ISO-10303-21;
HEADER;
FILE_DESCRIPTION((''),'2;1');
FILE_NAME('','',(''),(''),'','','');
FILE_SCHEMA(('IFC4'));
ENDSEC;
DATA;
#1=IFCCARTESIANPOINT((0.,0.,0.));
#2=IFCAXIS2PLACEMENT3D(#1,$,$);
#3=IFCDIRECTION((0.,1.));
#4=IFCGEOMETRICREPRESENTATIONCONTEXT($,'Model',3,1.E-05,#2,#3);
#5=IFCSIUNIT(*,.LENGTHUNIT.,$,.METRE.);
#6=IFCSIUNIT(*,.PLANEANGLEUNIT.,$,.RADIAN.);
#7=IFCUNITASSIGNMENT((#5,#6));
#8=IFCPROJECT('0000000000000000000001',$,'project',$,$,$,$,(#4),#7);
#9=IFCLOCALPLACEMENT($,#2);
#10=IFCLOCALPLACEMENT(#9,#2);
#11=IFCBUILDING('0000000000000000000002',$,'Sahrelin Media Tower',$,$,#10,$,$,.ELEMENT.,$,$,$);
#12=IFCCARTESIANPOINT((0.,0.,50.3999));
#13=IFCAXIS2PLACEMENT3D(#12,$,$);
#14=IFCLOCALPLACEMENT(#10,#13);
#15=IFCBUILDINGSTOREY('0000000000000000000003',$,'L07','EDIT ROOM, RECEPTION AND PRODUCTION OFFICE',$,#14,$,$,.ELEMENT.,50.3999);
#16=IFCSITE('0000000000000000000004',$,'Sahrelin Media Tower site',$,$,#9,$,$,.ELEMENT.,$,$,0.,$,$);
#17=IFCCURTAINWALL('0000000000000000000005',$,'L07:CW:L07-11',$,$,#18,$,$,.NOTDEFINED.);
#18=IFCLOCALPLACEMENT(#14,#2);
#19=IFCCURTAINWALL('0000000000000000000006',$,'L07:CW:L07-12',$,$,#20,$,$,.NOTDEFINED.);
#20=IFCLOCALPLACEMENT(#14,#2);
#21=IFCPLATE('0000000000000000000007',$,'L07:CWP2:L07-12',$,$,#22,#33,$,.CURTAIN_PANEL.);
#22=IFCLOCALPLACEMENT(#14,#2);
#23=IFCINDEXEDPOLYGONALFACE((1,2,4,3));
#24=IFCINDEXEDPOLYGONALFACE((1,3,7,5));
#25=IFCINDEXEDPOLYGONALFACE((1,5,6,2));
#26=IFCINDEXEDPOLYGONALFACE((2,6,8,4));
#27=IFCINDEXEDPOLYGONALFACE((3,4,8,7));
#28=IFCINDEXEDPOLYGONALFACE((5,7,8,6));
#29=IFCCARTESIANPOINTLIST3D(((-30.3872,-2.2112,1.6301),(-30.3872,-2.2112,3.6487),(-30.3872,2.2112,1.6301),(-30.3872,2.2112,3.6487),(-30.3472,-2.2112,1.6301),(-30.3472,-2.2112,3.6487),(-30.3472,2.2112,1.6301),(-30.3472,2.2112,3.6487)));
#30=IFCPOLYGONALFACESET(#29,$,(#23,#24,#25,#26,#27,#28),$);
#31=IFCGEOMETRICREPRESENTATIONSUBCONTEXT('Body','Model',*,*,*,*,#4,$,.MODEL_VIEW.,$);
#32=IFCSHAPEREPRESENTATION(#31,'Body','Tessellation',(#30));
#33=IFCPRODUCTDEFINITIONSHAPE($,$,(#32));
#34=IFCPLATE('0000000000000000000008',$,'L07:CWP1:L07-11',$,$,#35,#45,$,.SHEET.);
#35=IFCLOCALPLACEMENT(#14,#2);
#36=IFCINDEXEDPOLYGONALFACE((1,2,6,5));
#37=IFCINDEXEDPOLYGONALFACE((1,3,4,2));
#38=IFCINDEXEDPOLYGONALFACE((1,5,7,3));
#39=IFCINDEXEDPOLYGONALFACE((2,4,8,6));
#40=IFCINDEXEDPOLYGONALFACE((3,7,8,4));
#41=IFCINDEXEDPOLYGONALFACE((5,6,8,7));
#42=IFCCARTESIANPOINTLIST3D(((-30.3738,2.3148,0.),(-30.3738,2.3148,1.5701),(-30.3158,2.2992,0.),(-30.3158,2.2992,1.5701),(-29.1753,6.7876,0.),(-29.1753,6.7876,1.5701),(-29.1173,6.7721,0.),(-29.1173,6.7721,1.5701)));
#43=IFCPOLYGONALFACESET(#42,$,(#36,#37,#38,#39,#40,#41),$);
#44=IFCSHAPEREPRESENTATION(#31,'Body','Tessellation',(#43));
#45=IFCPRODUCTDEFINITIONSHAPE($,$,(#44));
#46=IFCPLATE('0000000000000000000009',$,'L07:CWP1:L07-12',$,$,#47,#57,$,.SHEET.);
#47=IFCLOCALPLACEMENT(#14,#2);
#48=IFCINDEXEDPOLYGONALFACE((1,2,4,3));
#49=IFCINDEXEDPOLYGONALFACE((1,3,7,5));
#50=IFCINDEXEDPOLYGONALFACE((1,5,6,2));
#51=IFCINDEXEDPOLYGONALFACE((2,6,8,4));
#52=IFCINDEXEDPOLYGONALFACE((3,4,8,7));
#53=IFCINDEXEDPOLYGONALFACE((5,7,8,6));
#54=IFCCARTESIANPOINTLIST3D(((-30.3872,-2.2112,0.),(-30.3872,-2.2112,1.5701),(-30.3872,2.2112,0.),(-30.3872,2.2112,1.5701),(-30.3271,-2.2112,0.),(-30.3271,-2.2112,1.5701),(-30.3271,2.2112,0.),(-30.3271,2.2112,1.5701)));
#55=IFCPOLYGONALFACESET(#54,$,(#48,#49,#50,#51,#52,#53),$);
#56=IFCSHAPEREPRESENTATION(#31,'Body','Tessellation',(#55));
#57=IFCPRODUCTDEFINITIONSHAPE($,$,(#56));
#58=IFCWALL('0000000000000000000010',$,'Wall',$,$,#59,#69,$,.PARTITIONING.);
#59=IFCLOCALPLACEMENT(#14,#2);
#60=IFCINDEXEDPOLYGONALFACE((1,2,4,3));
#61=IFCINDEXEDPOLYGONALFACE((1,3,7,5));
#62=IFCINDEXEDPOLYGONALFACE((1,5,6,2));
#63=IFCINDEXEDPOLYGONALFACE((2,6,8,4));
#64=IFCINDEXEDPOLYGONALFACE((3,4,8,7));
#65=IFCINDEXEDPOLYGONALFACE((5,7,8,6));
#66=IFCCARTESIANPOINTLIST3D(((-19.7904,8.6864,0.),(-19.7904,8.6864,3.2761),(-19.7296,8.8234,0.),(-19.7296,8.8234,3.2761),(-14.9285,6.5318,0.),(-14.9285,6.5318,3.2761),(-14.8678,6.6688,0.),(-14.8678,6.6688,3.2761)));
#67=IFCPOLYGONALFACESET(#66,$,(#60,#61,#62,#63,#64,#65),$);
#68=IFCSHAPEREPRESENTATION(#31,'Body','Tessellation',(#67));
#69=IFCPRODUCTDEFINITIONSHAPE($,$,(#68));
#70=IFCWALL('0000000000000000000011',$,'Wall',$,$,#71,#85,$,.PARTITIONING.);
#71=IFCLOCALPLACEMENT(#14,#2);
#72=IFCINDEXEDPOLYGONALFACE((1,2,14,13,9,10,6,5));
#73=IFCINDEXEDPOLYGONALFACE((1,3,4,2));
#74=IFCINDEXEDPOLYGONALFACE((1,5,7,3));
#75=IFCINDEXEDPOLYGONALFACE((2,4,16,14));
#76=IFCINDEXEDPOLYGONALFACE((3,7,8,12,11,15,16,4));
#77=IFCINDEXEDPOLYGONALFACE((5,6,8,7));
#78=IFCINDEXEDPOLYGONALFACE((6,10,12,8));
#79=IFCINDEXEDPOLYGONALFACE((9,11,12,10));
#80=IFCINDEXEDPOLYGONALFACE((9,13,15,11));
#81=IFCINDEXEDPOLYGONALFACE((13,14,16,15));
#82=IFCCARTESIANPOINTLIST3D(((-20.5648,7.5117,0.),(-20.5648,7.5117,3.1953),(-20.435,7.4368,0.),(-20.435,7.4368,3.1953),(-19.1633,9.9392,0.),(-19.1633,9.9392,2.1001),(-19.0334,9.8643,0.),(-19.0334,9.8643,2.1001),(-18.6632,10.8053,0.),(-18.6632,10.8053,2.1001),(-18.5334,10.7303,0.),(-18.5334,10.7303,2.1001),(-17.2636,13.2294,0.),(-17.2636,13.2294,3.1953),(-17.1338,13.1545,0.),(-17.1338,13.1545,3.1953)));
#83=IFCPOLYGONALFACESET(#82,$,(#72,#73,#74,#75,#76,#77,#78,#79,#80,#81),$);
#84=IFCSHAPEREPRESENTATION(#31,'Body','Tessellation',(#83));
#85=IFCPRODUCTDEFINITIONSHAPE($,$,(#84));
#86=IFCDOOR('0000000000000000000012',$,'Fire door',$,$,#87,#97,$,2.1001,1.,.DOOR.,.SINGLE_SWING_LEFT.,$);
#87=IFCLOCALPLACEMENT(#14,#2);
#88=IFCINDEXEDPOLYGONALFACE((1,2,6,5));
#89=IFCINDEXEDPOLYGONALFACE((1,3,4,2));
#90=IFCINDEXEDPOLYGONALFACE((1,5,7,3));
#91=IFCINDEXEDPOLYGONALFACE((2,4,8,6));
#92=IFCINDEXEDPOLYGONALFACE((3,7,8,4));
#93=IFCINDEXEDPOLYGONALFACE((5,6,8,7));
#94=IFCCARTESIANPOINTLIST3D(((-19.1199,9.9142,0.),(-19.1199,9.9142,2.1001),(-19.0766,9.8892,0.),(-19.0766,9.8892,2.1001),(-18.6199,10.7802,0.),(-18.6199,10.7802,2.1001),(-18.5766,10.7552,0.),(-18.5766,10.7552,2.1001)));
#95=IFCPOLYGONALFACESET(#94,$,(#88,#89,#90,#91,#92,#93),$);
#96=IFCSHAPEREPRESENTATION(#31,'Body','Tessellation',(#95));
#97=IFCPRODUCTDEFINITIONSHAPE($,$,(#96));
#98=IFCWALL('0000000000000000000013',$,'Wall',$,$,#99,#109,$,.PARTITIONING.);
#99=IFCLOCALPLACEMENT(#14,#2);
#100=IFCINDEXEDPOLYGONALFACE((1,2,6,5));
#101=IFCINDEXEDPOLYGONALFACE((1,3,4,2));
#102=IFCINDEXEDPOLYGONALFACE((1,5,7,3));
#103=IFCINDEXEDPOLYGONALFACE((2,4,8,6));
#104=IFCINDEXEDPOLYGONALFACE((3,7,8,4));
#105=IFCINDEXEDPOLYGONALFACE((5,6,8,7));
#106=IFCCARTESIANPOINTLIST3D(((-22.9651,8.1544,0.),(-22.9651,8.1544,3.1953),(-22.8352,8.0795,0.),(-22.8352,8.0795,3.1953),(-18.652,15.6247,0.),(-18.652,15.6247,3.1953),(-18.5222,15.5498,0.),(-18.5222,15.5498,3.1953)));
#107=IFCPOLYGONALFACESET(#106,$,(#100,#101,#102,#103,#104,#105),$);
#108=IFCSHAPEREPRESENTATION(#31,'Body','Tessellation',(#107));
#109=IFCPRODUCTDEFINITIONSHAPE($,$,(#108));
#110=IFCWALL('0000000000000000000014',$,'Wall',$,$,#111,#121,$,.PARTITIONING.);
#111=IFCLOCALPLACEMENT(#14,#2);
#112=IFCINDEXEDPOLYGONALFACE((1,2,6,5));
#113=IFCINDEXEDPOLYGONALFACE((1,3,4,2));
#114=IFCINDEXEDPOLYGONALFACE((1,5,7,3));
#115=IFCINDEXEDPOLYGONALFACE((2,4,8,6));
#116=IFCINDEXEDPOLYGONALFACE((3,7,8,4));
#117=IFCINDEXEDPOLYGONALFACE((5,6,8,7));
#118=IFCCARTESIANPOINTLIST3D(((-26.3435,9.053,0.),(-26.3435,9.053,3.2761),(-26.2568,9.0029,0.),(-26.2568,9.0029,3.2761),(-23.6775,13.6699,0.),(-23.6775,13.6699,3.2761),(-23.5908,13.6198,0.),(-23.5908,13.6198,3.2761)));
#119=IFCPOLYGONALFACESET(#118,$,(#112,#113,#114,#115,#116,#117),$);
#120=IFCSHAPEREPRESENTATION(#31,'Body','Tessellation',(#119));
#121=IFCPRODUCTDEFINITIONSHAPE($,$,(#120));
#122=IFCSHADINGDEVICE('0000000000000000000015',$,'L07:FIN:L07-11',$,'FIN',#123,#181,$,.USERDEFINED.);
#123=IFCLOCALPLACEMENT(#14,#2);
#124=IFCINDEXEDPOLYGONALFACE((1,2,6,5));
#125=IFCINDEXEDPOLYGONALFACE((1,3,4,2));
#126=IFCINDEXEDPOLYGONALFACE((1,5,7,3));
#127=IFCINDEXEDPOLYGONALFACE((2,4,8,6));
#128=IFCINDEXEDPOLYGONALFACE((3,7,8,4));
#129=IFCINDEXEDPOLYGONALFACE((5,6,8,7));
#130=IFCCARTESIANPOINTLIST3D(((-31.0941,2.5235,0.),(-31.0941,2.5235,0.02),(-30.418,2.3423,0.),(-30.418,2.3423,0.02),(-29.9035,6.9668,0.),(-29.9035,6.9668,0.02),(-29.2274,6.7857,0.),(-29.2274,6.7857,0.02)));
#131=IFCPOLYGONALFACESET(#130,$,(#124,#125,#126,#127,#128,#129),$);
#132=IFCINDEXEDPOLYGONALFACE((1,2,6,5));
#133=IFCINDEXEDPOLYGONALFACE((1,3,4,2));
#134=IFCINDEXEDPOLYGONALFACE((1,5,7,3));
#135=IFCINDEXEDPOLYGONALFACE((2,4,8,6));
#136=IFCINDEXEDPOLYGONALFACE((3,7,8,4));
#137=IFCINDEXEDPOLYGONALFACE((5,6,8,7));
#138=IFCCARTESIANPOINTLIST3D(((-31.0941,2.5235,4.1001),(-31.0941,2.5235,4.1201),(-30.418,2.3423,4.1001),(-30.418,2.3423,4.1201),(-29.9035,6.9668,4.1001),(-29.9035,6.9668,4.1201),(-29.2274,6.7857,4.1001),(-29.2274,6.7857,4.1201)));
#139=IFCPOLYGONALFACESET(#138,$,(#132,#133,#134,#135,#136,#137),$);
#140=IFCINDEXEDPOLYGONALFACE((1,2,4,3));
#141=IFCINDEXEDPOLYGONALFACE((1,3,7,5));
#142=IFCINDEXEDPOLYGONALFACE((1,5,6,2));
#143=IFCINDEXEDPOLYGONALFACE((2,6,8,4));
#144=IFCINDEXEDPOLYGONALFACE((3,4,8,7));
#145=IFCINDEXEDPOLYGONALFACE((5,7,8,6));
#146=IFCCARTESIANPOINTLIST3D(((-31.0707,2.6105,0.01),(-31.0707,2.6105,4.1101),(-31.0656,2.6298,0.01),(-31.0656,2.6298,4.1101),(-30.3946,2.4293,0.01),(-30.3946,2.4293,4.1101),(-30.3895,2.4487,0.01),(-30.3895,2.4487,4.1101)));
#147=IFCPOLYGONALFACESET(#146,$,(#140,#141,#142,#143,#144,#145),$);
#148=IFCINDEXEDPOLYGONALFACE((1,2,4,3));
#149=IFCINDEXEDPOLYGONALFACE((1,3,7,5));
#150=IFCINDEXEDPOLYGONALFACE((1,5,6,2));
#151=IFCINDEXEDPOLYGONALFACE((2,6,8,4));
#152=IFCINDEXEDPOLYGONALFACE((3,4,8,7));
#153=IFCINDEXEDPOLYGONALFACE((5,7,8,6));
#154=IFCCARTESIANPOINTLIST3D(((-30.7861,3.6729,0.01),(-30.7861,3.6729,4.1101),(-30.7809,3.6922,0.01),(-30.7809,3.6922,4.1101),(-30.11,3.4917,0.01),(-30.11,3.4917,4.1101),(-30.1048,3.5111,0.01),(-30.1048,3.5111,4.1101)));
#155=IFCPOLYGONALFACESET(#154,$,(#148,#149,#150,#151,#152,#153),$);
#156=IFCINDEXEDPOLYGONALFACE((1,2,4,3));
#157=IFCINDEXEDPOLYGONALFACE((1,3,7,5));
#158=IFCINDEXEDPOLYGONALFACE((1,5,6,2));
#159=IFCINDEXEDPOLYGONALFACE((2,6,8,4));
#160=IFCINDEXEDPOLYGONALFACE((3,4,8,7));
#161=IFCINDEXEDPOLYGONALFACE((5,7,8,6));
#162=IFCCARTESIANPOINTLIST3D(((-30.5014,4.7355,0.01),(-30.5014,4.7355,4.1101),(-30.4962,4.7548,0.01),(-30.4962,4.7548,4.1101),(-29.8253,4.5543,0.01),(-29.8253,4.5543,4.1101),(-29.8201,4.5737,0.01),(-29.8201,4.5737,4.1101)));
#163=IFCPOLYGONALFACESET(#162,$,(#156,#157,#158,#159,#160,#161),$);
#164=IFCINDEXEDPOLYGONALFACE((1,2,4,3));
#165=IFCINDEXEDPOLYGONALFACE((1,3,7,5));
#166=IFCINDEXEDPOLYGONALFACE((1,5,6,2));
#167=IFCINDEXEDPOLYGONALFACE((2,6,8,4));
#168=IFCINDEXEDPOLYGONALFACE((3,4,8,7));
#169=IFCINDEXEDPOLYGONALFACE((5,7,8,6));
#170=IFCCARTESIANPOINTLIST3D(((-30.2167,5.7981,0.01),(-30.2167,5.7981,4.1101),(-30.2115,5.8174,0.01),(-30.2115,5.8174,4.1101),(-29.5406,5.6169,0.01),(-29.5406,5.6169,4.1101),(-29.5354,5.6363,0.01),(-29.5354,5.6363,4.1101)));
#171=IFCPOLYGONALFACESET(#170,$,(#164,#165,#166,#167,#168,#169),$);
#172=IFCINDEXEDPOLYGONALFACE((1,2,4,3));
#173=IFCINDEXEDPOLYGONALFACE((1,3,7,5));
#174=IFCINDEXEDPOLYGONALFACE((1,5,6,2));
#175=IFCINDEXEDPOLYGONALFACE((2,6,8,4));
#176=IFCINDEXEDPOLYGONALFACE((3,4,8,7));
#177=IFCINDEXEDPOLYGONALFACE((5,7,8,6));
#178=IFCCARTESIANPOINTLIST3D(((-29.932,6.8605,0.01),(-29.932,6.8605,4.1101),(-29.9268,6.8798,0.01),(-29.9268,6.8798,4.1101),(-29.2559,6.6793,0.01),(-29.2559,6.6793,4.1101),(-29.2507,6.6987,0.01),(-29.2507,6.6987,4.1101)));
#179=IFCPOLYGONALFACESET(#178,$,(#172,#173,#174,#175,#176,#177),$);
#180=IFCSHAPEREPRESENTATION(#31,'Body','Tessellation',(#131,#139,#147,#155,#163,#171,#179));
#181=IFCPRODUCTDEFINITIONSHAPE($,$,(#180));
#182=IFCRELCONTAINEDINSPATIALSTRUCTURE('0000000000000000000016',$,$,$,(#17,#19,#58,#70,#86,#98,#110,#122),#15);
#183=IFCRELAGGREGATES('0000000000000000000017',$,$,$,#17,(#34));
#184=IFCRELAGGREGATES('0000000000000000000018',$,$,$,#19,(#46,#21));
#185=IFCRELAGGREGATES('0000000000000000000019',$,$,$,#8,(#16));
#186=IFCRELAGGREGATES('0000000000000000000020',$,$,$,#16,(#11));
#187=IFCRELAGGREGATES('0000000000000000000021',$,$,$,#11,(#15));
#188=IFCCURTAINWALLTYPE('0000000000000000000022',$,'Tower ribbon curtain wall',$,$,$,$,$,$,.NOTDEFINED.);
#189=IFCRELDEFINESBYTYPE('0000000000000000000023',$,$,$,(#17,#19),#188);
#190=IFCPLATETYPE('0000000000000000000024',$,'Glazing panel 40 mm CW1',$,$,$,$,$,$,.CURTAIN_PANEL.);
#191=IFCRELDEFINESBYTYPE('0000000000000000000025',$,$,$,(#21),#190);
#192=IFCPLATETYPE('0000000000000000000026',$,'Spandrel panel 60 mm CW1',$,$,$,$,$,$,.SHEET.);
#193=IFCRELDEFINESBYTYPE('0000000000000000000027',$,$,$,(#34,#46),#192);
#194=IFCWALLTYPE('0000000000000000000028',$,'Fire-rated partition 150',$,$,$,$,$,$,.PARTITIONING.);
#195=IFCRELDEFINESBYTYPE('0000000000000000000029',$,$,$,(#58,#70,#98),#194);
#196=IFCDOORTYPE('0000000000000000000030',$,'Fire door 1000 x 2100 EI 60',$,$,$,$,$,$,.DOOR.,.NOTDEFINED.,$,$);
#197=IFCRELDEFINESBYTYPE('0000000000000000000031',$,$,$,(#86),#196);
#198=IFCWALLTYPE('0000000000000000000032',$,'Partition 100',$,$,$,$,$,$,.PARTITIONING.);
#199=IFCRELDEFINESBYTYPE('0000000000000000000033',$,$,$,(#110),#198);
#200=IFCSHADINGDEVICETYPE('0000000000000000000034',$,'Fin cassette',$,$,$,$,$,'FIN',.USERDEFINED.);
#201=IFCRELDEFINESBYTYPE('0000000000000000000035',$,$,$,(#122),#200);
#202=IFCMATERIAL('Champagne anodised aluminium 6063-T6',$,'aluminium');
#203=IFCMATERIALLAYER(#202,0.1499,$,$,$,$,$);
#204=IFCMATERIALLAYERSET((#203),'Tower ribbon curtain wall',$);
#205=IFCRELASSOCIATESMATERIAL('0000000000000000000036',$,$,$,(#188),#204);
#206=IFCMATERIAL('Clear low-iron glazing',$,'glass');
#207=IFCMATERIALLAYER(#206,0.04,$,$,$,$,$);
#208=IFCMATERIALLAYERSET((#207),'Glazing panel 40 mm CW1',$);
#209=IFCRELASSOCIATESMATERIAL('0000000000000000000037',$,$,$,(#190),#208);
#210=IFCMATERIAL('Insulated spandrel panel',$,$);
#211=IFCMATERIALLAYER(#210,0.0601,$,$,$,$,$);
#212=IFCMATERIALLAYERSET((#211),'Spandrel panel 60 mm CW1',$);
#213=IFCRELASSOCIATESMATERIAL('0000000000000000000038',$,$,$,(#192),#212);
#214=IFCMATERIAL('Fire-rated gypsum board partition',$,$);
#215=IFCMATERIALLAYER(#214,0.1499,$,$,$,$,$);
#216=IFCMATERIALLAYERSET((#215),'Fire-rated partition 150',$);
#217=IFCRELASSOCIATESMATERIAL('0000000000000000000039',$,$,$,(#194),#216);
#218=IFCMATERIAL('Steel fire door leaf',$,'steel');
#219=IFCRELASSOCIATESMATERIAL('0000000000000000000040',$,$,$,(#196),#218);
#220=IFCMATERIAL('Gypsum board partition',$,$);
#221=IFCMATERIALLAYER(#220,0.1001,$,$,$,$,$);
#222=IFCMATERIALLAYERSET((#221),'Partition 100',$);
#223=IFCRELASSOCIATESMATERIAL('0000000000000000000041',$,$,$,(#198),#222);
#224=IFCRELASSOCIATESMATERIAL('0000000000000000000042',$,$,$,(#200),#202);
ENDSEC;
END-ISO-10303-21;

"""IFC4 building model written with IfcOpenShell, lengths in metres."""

from ifc_helpers import new_model, si_unit, direction, frame, frame_2d, origin, origin_2d, place, context, subcontext, project, spatial, polyline, rectangle, outline, extrude, material, layer, layer_set, type_object, element, fill, aggregate, save


model = new_model("IFC4")

# Units and contexts
model_context = context("Model", 3, precision=1e-05, world=origin(), true_north=direction((0.0, 1.0)))
body_context = subcontext(model_context, "Body", "Model", "MODEL_VIEW")
ifc_project = project(units=[si_unit("LENGTHUNIT", "METRE"), si_unit("PLANEANGLEUNIT", "RADIAN")], contexts=[model_context])

# Site, building, storey
site_placement = place(None, origin())
site = spatial("IfcSite", under=ifc_project, at=site_placement, Name="Sahrelin Media Tower site", CompositionType="ELEMENT", RefElevation=0.0)
building_placement = place(site_placement, origin())
building = spatial("IfcBuilding", under=site, at=building_placement, Name="Sahrelin Media Tower", CompositionType="ELEMENT")
storey_placement = place(building_placement, frame((0.0, 0.0, 50.3999)))
storey = spatial("IfcBuildingStorey", under=building, at=storey_placement, Name="L07", Description="EDIT ROOM, RECEPTION AND PRODUCTION OFFICE", CompositionType="ELEMENT", Elevation=50.3999)

# Curtain wall
ifc_material_1 = material(Name="Champagne anodised aluminium 6063-T6", Category="aluminium")
ifc_layer_1 = layer(ifc_material_1, 0.1499)
ifc_layer_set_1 = layer_set([ifc_layer_1], Name="Tower ribbon curtain wall")
curtain_wall_type = type_object("IfcCurtainWallType", Name="Tower ribbon curtain wall", PredefinedType="NOTDEFINED", material=ifc_layer_set_1)
curtain_wall_1_placement = place(storey_placement, frame((-29.7551, 4.5459, 0.0), z_axis=(0.0, 0.0, 1.0), x_axis=(1.0, 0.0, 0.0)))
curtain_wall_1 = element("IfcCurtainWall", 1, at=curtain_wall_1_placement, inside=storey, type_object=curtain_wall_type, Name="L07:CW:L07-11", PredefinedType="NOTDEFINED")

# Curtain wall
curtain_wall_2_placement = place(storey_placement, frame((-30.3672, 0.0, 0.0), z_axis=(0.0, 0.0, 1.0), x_axis=(1.0, 0.0, 0.0)))
curtain_wall_2 = element("IfcCurtainWall", 2, at=curtain_wall_2_placement, inside=storey, type_object=curtain_wall_type, Name="L07:CW:L07-12", PredefinedType="NOTDEFINED")

# Plates
ifc_material_2 = material(Name="Clear low-iron glazing", Category="glass")
ifc_layer_2 = layer(ifc_material_2, 0.04)
ifc_layer_set_2 = layer_set([ifc_layer_2], Name="Glazing panel 40 mm CW1")
plate_type_1 = type_object("IfcPlateType", Name="Glazing panel 40 mm CW1", PredefinedType="CURTAIN_PANEL", material=ifc_layer_set_2)
plate_1_placement = place(storey_placement, frame((-30.3872, 2.2112, 1.6301), z_axis=(-1.0, 0.0, 0.0), x_axis=(0.0, -1.0, 0.0)))
plate_1 = element("IfcPlate", 3, at=plate_1_placement, type_object=plate_type_1, Name="L07:CWP2:L07-12", PredefinedType="CURTAIN_PANEL", context=body_context, shape_type="SweptSolid", body=[
    extrude(outline(polyline([(0.0, 0.0), (4.4224, 0.0), (4.4224, 2.0186), (0.0, 2.0186), (0.0, 0.0)])), origin(), (0.0, 0.0, -1.0), 0.04),
])
ifc_material_3 = material(Name="Insulated spandrel panel")
ifc_layer_3 = layer(ifc_material_3, 0.0601)
ifc_layer_set_3 = layer_set([ifc_layer_3], Name="Spandrel panel 60 mm CW1")
plate_type_2 = type_object("IfcPlateType", Name="Spandrel panel 60 mm CW1", PredefinedType="SHEET", material=ifc_layer_set_3)
plate_2_placement = place(storey_placement, frame((-29.1753, 6.7876, 0.0), z_axis=(-0.965927, 0.258814, 0.0), x_axis=(-0.258814, -0.965927, 0.0)))
plate_2 = element("IfcPlate", 4, at=plate_2_placement, type_object=plate_type_2, Name="L07:CWP1:L07-11", PredefinedType="SHEET", context=body_context, shape_type="SweptSolid", body=[
    extrude(outline(polyline([(0.0, 0.0), (4.6306, 0.0), (4.6306, 1.5701), (0.0, 1.5701), (0.0, 0.0)])), origin(), (0.0, 0.0, -1.0), 0.0601),
])
aggregate(curtain_wall_1, [plate_2])
plate_3_placement = place(storey_placement, frame((-30.3872, 2.2112, 0.0), z_axis=(-1.0, 0.0, 0.0), x_axis=(0.0, -1.0, 0.0)))
plate_3 = element("IfcPlate", 5, at=plate_3_placement, type_object=plate_type_2, Name="L07:CWP1:L07-12", PredefinedType="SHEET", context=body_context, shape_type="SweptSolid", body=[
    extrude(outline(polyline([(0.0, 0.0), (4.4224, 0.0), (4.4224, 1.5701), (0.0, 1.5701), (0.0, 0.0)])), origin(), (0.0, 0.0, -1.0), 0.0601),
])
aggregate(curtain_wall_2, [plate_3, plate_1])

# Wall
ifc_material_4 = material(Name="Fire-rated gypsum board partition")
ifc_layer_4 = layer(ifc_material_4, 0.1499)
ifc_layer_set_4 = layer_set([ifc_layer_4], Name="Fire-rated partition 150")
wall_type_1 = type_object("IfcWallType", Name="Fire-rated partition 150", PredefinedType="PARTITIONING", material=ifc_layer_set_4)
wall_1_placement = place(storey_placement, frame((-19.76, 8.7549, 0.0), z_axis=(0.0, 0.0, 1.0), x_axis=(0.914248, -0.405154, 0.0)))
element("IfcWall", 6, at=wall_1_placement, inside=storey, type_object=wall_type_1, Name="Wall", PredefinedType="PARTITIONING", context=body_context, shape_type="SweptSolid", body=[
    extrude(rectangle(XDim=5.3179, YDim=0.1499, at=frame_2d((2.6589, 0.0))), origin(), (0.0, 0.0, 1.0), 3.2761),
])

# Wall, opening, door
wall_2_placement = place(storey_placement, frame((-20.5, 7.4741, 0.0), z_axis=(0.0, 0.0, 1.0), x_axis=(0.500013, 0.866018, 0.0)))
wall_2 = element("IfcWall", 7, at=wall_2_placement, inside=storey, type_object=wall_type_1, Name="Wall", PredefinedType="PARTITIONING", context=body_context, shape_type="SweptSolid", body=[
    extrude(rectangle(XDim=6.6023, YDim=0.1499, at=frame_2d((3.3013, 0.0))), origin(), (0.0, 0.0, 1.0), 3.1953),
])
opening_placement = place(wall_2_placement, frame((2.8032, 0.0, 0.0)))
opening = element("IfcOpeningElement", 8, at=opening_placement, cuts=wall_2, PredefinedType="OPENING", context=body_context, shape_type="SweptSolid", body=[
    extrude(rectangle(XDim=1.0, YDim=2.1001, at=frame_2d((0.5, 1.05))), frame((0.0, 0.075, 0.0), z_axis=(0.0, -1.0, 0.0), x_axis=(1.0, 0.0, 0.0)), (0.0, 0.0, 1.0), 0.1499),
])
ifc_material_5 = material(Name="Steel fire door leaf", Category="steel")
door_type = type_object("IfcDoorType", Name="Fire door 1000 x 2100 EI 60", OperationType="NOTDEFINED", PredefinedType="DOOR", material=ifc_material_5)
door_placement = place(opening_placement, origin())
door = element("IfcDoor", 9, at=door_placement, inside=storey, type_object=door_type, Name="Fire door", OperationType="SINGLE_SWING_LEFT", OverallHeight=2.1001, OverallWidth=1.0, PredefinedType="DOOR", context=body_context, shape_type="SweptSolid", body=[
    extrude(rectangle(XDim=1.0, YDim=2.1001, at=frame_2d((0.5, 1.05))), frame((0.0, 0.0249, 0.0), z_axis=(0.0, -1.0, 0.0), x_axis=(1.0, 0.0, 0.0)), (0.0, 0.0, 1.0), 0.05),
])
fill(opening, door)

# Walls
wall_3_placement = place(storey_placement, frame((-22.9001, 8.1169, 0.0), z_axis=(0.0, 0.0, 1.0), x_axis=(0.500005, 0.866023, 0.0)))
element("IfcWall", 10, at=wall_3_placement, inside=storey, type_object=wall_type_1, Name="Wall", PredefinedType="PARTITIONING", context=body_context, shape_type="SweptSolid", body=[
    extrude(rectangle(XDim=8.626, YDim=0.1499, at=frame_2d((4.313, 0.0))), origin(), (0.0, 0.0, 1.0), 3.1953),
])
ifc_material_6 = material(Name="Gypsum board partition")
ifc_layer_5 = layer(ifc_material_6, 0.1001)
ifc_layer_set_5 = layer_set([ifc_layer_5], Name="Partition 100")
wall_type_2 = type_object("IfcWallType", Name="Partition 100", PredefinedType="PARTITIONING", material=ifc_layer_set_5)
wall_4_placement = place(storey_placement, frame((-26.3, 9.0281, 0.0), z_axis=(0.0, 0.0, 1.0), x_axis=(0.500059, 0.865991, 0.0)))
element("IfcWall", 11, at=wall_4_placement, inside=storey, type_object=wall_type_2, Name="Wall", PredefinedType="PARTITIONING", context=body_context, shape_type="SweptSolid", body=[
    extrude(rectangle(XDim=5.3313, YDim=0.1001, at=frame_2d((2.6655, 0.0))), origin(), (0.0, 0.0, 1.0), 3.2761),
])

# Shading device
shading_device_type_1 = type_object("IfcShadingDeviceType", Name="Fin cassette", ElementType="FIN", PredefinedType="USERDEFINED", material=ifc_material_1)
placement = place(storey_placement, frame((-29.7551, 4.5459, 0.0), z_axis=(0.0, 0.0, 1.0), x_axis=(0.258808, 0.965929, 0.0)))
element("IfcShadingDevice", 12, at=placement, inside=storey, type_object=shading_device_type_1, Name="L07:FIN:L07-11", ObjectType="FIN", PredefinedType="USERDEFINED", context=body_context, shape_type="SweptSolid", body=[
    extrude(rectangle(XDim=4.6001, YDim=0.7, at=origin_2d()), frame((0.0, 0.4199, 0.0)), (0.0, 0.0, 1.0), 0.02),
    extrude(rectangle(XDim=4.6001, YDim=0.7, at=origin_2d()), frame((0.0, 0.4199, 4.1001)), (0.0, 0.0, 1.0), 0.02),
    extrude(rectangle(XDim=0.02, YDim=0.7, at=origin_2d()), frame((-2.2, 0.4199, 0.01), z_axis=(0.0, 0.0, 1.0), x_axis=(1.0, 0.0, 0.0)), (0.0, 0.0, 1.0), 4.1001),
    extrude(rectangle(XDim=0.02, YDim=0.7, at=origin_2d()), frame((-1.1001, 0.4199, 0.01), z_axis=(0.0, 0.0, 1.0), x_axis=(1.0, 0.0, 0.0)), (0.0, 0.0, 1.0), 4.1001),
    extrude(rectangle(XDim=0.02, YDim=0.7, at=origin_2d()), frame((0.0, 0.4199, 0.01), z_axis=(0.0, 0.0, 1.0), x_axis=(1.0, 0.0, 0.0)), (0.0, 0.0, 1.0), 4.1001),
    extrude(rectangle(XDim=0.02, YDim=0.7, at=origin_2d()), frame((1.1001, 0.4199, 0.01), z_axis=(0.0, 0.0, 1.0), x_axis=(1.0, 0.0, 0.0)), (0.0, 0.0, 1.0), 4.1001),
    extrude(rectangle(XDim=0.02, YDim=0.7, at=origin_2d()), frame((2.2, 0.4199, 0.01), z_axis=(0.0, 0.0, 1.0), x_axis=(1.0, 0.0, 0.0)), (0.0, 0.0, 1.0), 4.1001),
])

save(model, "model.ifc")
